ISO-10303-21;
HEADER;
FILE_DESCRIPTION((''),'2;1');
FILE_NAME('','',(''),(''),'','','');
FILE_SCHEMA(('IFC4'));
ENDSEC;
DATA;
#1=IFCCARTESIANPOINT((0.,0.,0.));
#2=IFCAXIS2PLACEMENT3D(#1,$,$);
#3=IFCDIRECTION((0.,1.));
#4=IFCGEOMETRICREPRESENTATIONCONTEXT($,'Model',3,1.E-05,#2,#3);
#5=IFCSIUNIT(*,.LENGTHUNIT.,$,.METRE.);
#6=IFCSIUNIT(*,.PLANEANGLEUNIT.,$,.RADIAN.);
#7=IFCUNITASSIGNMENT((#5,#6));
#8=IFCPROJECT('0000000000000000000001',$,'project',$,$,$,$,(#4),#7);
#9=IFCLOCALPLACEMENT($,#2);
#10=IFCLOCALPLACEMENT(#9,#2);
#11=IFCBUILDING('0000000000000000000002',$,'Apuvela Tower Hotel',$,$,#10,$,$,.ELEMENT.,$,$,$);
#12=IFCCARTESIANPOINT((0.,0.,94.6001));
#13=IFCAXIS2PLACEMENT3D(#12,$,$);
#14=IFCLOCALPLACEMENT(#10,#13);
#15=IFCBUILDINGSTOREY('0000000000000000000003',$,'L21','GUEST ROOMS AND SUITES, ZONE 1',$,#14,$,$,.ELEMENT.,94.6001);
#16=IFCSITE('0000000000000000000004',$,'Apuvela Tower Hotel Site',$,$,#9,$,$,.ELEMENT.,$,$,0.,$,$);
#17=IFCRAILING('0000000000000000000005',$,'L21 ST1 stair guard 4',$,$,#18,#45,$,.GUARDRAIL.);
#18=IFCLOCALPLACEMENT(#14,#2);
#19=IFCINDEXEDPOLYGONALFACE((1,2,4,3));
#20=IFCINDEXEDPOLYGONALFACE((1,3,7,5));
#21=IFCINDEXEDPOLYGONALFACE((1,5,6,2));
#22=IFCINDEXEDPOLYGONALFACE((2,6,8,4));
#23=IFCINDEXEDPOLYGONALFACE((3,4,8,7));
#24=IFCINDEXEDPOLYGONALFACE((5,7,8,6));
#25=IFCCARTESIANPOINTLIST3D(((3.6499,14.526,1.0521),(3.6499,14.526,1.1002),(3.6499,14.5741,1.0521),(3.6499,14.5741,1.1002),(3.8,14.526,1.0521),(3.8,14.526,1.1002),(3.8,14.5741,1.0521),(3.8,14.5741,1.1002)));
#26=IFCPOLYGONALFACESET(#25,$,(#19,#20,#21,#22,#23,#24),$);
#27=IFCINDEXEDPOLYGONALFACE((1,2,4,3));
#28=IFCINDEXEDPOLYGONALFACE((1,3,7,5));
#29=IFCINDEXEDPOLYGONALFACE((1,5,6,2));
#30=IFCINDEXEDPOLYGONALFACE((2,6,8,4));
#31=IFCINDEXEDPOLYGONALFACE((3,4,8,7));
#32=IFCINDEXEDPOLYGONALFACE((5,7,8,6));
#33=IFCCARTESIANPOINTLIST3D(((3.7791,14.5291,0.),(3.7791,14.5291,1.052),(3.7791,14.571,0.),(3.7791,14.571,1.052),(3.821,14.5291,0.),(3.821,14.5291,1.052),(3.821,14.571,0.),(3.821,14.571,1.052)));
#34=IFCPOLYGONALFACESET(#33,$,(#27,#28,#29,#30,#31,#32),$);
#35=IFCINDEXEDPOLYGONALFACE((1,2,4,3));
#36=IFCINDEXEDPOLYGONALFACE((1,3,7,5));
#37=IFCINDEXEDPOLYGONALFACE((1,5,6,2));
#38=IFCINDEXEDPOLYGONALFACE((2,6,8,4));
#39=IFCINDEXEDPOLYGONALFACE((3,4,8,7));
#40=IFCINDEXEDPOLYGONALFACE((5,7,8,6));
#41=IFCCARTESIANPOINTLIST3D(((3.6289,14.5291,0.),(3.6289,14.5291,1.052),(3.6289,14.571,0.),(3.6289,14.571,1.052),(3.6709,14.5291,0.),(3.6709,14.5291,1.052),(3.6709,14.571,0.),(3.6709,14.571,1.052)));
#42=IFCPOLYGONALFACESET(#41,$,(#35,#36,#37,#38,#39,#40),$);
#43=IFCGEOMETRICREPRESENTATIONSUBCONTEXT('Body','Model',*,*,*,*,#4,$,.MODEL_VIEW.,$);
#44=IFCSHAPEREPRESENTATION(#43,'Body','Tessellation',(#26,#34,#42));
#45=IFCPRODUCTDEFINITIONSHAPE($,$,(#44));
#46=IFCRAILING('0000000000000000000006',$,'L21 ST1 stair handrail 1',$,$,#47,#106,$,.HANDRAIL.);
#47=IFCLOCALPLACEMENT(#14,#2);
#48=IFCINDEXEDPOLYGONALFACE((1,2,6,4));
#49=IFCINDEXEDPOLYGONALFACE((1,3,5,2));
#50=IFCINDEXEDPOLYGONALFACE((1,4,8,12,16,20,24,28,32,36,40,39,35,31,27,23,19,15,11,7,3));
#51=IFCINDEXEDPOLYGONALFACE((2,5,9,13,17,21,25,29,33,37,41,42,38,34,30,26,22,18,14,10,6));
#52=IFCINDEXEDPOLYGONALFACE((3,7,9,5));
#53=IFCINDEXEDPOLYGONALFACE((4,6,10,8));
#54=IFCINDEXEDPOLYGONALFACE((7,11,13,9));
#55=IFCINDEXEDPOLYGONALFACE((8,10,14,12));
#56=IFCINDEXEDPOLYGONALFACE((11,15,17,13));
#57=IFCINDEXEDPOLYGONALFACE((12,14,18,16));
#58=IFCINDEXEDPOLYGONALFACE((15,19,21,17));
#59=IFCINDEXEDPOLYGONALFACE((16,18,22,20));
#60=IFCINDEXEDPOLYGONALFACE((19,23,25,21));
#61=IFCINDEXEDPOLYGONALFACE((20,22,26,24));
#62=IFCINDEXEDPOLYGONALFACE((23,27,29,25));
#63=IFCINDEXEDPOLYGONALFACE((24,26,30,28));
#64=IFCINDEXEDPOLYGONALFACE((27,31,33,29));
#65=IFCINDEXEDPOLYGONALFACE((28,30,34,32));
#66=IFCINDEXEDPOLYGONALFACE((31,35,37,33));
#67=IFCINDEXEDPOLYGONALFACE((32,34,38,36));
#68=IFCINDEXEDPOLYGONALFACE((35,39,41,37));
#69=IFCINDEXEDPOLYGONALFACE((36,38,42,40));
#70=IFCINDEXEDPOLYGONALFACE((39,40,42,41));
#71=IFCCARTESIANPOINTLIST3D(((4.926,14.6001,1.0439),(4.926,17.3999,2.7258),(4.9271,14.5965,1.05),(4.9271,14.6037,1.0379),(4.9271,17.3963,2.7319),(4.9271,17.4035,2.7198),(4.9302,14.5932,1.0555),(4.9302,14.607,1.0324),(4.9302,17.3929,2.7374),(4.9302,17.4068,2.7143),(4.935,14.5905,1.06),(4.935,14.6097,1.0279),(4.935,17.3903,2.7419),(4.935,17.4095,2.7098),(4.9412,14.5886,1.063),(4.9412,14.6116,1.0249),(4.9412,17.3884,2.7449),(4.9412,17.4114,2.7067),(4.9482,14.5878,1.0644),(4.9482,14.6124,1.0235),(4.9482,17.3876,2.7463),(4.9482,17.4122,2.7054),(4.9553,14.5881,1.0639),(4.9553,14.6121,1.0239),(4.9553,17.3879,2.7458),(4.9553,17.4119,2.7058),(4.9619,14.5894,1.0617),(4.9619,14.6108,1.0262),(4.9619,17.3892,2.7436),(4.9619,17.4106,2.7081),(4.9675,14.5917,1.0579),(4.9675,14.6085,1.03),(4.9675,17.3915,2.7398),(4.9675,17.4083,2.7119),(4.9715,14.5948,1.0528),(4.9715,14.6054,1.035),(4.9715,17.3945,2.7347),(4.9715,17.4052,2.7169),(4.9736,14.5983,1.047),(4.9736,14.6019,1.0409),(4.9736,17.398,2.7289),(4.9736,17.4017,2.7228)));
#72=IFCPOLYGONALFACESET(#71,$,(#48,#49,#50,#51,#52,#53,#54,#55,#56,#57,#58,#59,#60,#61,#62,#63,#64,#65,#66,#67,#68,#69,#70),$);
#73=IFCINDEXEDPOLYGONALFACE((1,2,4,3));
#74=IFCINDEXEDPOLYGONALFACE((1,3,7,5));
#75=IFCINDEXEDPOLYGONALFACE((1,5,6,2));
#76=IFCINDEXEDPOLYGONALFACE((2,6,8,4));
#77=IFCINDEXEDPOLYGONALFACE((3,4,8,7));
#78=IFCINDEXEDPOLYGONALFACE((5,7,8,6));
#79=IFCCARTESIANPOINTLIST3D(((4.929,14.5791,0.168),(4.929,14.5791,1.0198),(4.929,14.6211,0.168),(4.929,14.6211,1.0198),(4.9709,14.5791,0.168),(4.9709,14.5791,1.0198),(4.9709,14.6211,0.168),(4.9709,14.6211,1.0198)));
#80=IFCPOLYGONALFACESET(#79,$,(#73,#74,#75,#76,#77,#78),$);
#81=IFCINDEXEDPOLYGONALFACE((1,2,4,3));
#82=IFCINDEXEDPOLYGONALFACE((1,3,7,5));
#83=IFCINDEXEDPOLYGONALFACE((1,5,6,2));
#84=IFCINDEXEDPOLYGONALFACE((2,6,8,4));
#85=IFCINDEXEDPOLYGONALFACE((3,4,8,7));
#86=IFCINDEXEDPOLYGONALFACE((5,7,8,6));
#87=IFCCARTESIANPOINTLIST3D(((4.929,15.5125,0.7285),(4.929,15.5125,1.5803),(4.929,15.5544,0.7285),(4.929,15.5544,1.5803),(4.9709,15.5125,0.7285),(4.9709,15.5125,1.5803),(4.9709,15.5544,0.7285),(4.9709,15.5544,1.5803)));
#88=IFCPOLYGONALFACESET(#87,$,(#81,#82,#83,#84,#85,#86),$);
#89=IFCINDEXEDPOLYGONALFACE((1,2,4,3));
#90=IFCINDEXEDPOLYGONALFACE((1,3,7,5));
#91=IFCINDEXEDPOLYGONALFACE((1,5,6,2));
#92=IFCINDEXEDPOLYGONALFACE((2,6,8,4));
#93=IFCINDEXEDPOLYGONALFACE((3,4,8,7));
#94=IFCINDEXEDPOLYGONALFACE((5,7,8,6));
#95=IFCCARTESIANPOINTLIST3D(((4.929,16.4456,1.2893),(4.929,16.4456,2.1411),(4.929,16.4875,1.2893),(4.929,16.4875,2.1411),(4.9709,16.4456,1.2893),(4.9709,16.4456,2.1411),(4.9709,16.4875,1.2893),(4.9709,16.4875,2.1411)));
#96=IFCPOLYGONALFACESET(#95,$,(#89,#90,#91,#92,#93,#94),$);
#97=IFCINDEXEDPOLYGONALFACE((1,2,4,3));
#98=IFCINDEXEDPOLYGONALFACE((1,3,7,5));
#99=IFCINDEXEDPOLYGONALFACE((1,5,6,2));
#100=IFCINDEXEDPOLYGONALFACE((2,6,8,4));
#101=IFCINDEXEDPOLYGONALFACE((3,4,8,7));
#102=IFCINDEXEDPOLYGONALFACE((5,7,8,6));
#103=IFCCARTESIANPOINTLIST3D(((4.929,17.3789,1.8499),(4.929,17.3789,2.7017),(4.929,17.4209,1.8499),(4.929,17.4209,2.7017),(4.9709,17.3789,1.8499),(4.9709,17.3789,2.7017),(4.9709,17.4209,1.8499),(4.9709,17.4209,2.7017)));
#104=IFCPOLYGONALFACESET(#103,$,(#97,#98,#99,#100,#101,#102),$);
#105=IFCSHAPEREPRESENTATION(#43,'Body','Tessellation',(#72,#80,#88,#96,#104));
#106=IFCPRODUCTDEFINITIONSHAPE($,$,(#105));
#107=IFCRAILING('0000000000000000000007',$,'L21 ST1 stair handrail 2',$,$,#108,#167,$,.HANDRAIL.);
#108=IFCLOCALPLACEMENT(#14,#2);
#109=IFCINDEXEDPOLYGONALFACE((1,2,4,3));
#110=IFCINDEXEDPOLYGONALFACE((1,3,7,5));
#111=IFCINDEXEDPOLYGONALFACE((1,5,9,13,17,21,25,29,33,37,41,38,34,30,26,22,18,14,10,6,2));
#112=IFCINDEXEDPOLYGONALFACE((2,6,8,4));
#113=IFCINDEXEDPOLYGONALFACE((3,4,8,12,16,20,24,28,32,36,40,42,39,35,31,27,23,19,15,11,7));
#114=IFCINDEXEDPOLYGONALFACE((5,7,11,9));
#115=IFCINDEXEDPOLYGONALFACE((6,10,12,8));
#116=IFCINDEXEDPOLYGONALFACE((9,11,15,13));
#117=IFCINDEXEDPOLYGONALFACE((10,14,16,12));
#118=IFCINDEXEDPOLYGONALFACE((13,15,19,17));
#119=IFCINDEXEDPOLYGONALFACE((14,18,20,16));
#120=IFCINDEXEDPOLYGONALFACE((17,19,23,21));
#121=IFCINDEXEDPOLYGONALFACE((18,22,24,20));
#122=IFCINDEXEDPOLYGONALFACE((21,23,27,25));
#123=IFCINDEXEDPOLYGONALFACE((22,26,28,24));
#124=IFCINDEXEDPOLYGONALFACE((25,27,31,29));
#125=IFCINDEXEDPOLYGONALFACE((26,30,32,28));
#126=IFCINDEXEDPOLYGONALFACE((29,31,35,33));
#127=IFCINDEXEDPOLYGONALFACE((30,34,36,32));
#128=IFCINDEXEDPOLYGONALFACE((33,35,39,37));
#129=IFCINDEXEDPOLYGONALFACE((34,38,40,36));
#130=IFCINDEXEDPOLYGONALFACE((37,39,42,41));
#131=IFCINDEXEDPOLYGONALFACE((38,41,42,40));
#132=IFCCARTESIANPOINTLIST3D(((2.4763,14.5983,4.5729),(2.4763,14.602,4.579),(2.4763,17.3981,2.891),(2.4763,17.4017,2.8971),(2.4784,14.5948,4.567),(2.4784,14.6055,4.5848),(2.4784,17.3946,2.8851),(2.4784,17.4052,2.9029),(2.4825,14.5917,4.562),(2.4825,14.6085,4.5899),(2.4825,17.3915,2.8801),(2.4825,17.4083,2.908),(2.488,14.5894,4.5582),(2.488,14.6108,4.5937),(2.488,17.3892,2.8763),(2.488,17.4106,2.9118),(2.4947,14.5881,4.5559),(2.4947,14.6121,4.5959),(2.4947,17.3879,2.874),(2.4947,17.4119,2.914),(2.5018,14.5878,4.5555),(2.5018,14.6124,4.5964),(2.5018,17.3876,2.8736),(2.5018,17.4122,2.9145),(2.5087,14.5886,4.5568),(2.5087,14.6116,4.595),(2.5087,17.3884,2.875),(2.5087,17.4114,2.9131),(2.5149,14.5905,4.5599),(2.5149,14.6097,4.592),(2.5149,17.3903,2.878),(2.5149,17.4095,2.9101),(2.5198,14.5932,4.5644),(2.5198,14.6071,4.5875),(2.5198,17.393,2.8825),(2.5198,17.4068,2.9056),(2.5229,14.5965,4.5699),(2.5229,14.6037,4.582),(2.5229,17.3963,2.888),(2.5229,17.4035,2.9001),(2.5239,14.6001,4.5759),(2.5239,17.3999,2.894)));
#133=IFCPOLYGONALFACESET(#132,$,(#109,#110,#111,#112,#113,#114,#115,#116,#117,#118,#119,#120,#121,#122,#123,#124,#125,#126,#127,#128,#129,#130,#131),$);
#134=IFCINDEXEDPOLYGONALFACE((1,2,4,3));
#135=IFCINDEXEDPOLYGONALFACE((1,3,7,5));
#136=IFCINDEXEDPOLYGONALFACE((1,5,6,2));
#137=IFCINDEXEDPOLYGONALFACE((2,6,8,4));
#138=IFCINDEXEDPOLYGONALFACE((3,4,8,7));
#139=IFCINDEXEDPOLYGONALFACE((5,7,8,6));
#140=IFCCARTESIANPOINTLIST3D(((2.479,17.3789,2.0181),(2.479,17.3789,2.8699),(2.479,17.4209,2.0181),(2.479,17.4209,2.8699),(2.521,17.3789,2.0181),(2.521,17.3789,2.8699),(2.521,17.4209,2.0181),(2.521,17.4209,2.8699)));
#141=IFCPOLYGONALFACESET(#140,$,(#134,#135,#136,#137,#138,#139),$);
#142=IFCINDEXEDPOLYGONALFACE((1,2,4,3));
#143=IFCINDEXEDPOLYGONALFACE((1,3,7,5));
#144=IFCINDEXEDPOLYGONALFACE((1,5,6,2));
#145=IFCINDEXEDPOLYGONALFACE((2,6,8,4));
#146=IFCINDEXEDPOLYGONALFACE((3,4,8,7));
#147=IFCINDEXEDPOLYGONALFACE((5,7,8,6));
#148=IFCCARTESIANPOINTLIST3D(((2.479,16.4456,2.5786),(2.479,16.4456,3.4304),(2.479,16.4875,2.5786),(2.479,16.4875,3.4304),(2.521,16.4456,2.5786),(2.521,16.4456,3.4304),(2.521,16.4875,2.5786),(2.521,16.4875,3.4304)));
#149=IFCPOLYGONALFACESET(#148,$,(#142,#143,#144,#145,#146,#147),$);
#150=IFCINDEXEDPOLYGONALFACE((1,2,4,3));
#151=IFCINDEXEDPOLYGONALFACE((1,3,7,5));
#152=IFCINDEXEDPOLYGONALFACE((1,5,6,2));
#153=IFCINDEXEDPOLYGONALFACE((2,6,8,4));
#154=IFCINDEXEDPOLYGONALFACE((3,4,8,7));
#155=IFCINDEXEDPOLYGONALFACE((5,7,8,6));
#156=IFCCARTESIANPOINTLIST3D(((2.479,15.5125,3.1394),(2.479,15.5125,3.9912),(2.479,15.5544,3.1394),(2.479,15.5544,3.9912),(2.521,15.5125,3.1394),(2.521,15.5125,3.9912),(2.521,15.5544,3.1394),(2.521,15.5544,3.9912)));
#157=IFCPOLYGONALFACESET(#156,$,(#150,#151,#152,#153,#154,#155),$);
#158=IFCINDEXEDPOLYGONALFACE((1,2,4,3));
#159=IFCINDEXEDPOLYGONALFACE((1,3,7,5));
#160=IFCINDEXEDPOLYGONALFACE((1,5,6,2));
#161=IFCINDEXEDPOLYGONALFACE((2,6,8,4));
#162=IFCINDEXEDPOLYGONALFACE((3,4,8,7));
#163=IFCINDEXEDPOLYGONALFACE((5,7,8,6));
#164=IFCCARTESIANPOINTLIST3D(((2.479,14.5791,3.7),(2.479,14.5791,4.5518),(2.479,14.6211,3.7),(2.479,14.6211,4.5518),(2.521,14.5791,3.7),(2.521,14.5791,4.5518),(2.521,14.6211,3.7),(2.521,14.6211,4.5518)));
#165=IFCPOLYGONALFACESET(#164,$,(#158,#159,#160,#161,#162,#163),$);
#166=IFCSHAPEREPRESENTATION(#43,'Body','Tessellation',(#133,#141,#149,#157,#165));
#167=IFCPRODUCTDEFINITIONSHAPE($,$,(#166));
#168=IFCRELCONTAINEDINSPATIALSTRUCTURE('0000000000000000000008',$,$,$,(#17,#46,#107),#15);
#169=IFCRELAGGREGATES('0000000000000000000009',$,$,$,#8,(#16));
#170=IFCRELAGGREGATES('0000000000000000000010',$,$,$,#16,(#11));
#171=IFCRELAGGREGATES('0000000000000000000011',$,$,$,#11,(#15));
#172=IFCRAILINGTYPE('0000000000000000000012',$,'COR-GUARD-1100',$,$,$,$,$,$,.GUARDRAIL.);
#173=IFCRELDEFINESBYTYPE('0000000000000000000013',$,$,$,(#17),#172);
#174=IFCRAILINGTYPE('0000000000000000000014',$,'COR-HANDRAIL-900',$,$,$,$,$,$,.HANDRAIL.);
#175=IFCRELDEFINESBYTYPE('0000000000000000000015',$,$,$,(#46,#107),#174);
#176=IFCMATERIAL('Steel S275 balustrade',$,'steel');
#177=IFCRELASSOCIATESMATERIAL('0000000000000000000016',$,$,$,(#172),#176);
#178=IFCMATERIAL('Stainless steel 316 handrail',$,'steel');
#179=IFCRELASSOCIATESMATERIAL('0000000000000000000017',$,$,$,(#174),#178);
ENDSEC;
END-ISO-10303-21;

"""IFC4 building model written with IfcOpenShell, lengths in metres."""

from ifc_helpers import new_model, si_unit, direction, frame, origin, origin_2d, place, context, subcontext, project, spatial, rectangle, circle, extrude, material, type_object, element, save


model = new_model("IFC4")

# Units and contexts
model_context = context("Model", 3, precision=1e-05, world=origin(), true_north=direction((0.0, 1.0)))
body_context = subcontext(model_context, "Body", "Model", "MODEL_VIEW")
ifc_project = project(units=[si_unit("LENGTHUNIT", "METRE"), si_unit("PLANEANGLEUNIT", "RADIAN")], contexts=[model_context])

# Site, building, storey
site_placement = place(None, origin())
site = spatial("IfcSite", under=ifc_project, at=site_placement, Name="Apuvela Tower Hotel Site", CompositionType="ELEMENT", RefElevation=0.0)
building_placement = place(site_placement, origin())
building = spatial("IfcBuilding", under=site, at=building_placement, Name="Apuvela Tower Hotel", CompositionType="ELEMENT")
storey_placement = place(building_placement, frame((0.0, 0.0, 94.6001)))
storey = spatial("IfcBuildingStorey", under=building, at=storey_placement, Name="L21", Description="GUEST ROOMS AND SUITES, ZONE 1", CompositionType="ELEMENT", Elevation=94.6001)

# Railings
ifc_material_1 = material(Name="Steel S275 balustrade", Category="steel")
railing_type_1 = type_object("IfcRailingType", Name="COR-GUARD-1100", PredefinedType="GUARDRAIL", material=ifc_material_1)
railing_1_placement = place(storey_placement, frame((3.8, 14.55, 0.0)))
element("IfcRailing", 1, at=railing_1_placement, inside=storey, type_object=railing_type_1, Name="L21 ST1 stair guard 4", PredefinedType="GUARDRAIL", context=body_context, shape_type="SweptSolid", body=[
    extrude(rectangle(XDim=0.0481, YDim=0.0481, at=origin_2d()), frame((0.0, 0.0, 1.0762), z_axis=(-1.0, 0.0, 0.0), x_axis=(0.0, -1.0, 0.0)), (0.0, 0.0, 1.0), 0.1501),
    extrude(rectangle(XDim=0.042, YDim=0.042, at=origin_2d()), origin(), (0.0, 0.0, 1.0), 1.052),
    extrude(rectangle(XDim=0.042, YDim=0.042, at=origin_2d()), frame((-0.1501, 0.0, 0.0)), (0.0, 0.0, 1.0), 1.052),
])
ifc_material_2 = material(Name="Stainless steel 316 handrail", Category="steel")
railing_type_2 = type_object("IfcRailingType", Name="COR-HANDRAIL-900", PredefinedType="HANDRAIL", material=ifc_material_2)
railing_2_placement = place(storey_placement, frame((4.95, 14.6001, 0.168)))
element("IfcRailing", 2, at=railing_2_placement, inside=storey, type_object=railing_type_2, Name="L21 ST1 stair handrail 1", PredefinedType="HANDRAIL", context=body_context, shape_type="SweptSolid", body=[
    extrude(circle(Radius=0.0239, at=origin_2d()), frame((0.0, 0.0, 0.876), z_axis=(0.0, 0.857222, 0.514946), x_axis=(-1.0, 0.0, 0.0)), (0.0, 0.0, 1.0), 3.2661),
    extrude(rectangle(XDim=0.042, YDim=0.042, at=origin_2d()), origin(), (0.0, 0.0, 1.0), 0.8518),
    extrude(rectangle(XDim=0.042, YDim=0.042, at=origin_2d()), frame((0.0, 0.9333, 0.5605)), (0.0, 0.0, 1.0), 0.8518),
    extrude(rectangle(XDim=0.042, YDim=0.042, at=origin_2d()), frame((0.0, 1.8665, 1.1213)), (0.0, 0.0, 1.0), 0.8518),
    extrude(rectangle(XDim=0.042, YDim=0.042, at=origin_2d()), frame((0.0, 2.7998, 1.6819)), (0.0, 0.0, 1.0), 0.8518),
])
railing_3_placement = place(storey_placement, frame((2.5, 17.3999, 2.0181)))
element("IfcRailing", 3, at=railing_3_placement, inside=storey, type_object=railing_type_2, Name="L21 ST1 stair handrail 2", PredefinedType="HANDRAIL", context=body_context, shape_type="SweptSolid", body=[
    extrude(circle(Radius=0.0239, at=origin_2d()), frame((0.0, 0.0, 0.876), z_axis=(0.0, -0.857222, 0.514946), x_axis=(1.0, 0.0, 0.0)), (0.0, 0.0, 1.0), 3.2661),
    extrude(rectangle(XDim=0.042, YDim=0.042, at=origin_2d()), origin(), (0.0, 0.0, 1.0), 0.8518),
    extrude(rectangle(XDim=0.042, YDim=0.042, at=origin_2d()), frame((0.0, -0.9333, 0.5605)), (0.0, 0.0, 1.0), 0.8518),
    extrude(rectangle(XDim=0.042, YDim=0.042, at=origin_2d()), frame((0.0, -1.8665, 1.1213)), (0.0, 0.0, 1.0), 0.8518),
    extrude(rectangle(XDim=0.042, YDim=0.042, at=origin_2d()), frame((0.0, -2.7998, 1.6819)), (0.0, 0.0, 1.0), 0.8518),
])

save(model, "model.ifc")
